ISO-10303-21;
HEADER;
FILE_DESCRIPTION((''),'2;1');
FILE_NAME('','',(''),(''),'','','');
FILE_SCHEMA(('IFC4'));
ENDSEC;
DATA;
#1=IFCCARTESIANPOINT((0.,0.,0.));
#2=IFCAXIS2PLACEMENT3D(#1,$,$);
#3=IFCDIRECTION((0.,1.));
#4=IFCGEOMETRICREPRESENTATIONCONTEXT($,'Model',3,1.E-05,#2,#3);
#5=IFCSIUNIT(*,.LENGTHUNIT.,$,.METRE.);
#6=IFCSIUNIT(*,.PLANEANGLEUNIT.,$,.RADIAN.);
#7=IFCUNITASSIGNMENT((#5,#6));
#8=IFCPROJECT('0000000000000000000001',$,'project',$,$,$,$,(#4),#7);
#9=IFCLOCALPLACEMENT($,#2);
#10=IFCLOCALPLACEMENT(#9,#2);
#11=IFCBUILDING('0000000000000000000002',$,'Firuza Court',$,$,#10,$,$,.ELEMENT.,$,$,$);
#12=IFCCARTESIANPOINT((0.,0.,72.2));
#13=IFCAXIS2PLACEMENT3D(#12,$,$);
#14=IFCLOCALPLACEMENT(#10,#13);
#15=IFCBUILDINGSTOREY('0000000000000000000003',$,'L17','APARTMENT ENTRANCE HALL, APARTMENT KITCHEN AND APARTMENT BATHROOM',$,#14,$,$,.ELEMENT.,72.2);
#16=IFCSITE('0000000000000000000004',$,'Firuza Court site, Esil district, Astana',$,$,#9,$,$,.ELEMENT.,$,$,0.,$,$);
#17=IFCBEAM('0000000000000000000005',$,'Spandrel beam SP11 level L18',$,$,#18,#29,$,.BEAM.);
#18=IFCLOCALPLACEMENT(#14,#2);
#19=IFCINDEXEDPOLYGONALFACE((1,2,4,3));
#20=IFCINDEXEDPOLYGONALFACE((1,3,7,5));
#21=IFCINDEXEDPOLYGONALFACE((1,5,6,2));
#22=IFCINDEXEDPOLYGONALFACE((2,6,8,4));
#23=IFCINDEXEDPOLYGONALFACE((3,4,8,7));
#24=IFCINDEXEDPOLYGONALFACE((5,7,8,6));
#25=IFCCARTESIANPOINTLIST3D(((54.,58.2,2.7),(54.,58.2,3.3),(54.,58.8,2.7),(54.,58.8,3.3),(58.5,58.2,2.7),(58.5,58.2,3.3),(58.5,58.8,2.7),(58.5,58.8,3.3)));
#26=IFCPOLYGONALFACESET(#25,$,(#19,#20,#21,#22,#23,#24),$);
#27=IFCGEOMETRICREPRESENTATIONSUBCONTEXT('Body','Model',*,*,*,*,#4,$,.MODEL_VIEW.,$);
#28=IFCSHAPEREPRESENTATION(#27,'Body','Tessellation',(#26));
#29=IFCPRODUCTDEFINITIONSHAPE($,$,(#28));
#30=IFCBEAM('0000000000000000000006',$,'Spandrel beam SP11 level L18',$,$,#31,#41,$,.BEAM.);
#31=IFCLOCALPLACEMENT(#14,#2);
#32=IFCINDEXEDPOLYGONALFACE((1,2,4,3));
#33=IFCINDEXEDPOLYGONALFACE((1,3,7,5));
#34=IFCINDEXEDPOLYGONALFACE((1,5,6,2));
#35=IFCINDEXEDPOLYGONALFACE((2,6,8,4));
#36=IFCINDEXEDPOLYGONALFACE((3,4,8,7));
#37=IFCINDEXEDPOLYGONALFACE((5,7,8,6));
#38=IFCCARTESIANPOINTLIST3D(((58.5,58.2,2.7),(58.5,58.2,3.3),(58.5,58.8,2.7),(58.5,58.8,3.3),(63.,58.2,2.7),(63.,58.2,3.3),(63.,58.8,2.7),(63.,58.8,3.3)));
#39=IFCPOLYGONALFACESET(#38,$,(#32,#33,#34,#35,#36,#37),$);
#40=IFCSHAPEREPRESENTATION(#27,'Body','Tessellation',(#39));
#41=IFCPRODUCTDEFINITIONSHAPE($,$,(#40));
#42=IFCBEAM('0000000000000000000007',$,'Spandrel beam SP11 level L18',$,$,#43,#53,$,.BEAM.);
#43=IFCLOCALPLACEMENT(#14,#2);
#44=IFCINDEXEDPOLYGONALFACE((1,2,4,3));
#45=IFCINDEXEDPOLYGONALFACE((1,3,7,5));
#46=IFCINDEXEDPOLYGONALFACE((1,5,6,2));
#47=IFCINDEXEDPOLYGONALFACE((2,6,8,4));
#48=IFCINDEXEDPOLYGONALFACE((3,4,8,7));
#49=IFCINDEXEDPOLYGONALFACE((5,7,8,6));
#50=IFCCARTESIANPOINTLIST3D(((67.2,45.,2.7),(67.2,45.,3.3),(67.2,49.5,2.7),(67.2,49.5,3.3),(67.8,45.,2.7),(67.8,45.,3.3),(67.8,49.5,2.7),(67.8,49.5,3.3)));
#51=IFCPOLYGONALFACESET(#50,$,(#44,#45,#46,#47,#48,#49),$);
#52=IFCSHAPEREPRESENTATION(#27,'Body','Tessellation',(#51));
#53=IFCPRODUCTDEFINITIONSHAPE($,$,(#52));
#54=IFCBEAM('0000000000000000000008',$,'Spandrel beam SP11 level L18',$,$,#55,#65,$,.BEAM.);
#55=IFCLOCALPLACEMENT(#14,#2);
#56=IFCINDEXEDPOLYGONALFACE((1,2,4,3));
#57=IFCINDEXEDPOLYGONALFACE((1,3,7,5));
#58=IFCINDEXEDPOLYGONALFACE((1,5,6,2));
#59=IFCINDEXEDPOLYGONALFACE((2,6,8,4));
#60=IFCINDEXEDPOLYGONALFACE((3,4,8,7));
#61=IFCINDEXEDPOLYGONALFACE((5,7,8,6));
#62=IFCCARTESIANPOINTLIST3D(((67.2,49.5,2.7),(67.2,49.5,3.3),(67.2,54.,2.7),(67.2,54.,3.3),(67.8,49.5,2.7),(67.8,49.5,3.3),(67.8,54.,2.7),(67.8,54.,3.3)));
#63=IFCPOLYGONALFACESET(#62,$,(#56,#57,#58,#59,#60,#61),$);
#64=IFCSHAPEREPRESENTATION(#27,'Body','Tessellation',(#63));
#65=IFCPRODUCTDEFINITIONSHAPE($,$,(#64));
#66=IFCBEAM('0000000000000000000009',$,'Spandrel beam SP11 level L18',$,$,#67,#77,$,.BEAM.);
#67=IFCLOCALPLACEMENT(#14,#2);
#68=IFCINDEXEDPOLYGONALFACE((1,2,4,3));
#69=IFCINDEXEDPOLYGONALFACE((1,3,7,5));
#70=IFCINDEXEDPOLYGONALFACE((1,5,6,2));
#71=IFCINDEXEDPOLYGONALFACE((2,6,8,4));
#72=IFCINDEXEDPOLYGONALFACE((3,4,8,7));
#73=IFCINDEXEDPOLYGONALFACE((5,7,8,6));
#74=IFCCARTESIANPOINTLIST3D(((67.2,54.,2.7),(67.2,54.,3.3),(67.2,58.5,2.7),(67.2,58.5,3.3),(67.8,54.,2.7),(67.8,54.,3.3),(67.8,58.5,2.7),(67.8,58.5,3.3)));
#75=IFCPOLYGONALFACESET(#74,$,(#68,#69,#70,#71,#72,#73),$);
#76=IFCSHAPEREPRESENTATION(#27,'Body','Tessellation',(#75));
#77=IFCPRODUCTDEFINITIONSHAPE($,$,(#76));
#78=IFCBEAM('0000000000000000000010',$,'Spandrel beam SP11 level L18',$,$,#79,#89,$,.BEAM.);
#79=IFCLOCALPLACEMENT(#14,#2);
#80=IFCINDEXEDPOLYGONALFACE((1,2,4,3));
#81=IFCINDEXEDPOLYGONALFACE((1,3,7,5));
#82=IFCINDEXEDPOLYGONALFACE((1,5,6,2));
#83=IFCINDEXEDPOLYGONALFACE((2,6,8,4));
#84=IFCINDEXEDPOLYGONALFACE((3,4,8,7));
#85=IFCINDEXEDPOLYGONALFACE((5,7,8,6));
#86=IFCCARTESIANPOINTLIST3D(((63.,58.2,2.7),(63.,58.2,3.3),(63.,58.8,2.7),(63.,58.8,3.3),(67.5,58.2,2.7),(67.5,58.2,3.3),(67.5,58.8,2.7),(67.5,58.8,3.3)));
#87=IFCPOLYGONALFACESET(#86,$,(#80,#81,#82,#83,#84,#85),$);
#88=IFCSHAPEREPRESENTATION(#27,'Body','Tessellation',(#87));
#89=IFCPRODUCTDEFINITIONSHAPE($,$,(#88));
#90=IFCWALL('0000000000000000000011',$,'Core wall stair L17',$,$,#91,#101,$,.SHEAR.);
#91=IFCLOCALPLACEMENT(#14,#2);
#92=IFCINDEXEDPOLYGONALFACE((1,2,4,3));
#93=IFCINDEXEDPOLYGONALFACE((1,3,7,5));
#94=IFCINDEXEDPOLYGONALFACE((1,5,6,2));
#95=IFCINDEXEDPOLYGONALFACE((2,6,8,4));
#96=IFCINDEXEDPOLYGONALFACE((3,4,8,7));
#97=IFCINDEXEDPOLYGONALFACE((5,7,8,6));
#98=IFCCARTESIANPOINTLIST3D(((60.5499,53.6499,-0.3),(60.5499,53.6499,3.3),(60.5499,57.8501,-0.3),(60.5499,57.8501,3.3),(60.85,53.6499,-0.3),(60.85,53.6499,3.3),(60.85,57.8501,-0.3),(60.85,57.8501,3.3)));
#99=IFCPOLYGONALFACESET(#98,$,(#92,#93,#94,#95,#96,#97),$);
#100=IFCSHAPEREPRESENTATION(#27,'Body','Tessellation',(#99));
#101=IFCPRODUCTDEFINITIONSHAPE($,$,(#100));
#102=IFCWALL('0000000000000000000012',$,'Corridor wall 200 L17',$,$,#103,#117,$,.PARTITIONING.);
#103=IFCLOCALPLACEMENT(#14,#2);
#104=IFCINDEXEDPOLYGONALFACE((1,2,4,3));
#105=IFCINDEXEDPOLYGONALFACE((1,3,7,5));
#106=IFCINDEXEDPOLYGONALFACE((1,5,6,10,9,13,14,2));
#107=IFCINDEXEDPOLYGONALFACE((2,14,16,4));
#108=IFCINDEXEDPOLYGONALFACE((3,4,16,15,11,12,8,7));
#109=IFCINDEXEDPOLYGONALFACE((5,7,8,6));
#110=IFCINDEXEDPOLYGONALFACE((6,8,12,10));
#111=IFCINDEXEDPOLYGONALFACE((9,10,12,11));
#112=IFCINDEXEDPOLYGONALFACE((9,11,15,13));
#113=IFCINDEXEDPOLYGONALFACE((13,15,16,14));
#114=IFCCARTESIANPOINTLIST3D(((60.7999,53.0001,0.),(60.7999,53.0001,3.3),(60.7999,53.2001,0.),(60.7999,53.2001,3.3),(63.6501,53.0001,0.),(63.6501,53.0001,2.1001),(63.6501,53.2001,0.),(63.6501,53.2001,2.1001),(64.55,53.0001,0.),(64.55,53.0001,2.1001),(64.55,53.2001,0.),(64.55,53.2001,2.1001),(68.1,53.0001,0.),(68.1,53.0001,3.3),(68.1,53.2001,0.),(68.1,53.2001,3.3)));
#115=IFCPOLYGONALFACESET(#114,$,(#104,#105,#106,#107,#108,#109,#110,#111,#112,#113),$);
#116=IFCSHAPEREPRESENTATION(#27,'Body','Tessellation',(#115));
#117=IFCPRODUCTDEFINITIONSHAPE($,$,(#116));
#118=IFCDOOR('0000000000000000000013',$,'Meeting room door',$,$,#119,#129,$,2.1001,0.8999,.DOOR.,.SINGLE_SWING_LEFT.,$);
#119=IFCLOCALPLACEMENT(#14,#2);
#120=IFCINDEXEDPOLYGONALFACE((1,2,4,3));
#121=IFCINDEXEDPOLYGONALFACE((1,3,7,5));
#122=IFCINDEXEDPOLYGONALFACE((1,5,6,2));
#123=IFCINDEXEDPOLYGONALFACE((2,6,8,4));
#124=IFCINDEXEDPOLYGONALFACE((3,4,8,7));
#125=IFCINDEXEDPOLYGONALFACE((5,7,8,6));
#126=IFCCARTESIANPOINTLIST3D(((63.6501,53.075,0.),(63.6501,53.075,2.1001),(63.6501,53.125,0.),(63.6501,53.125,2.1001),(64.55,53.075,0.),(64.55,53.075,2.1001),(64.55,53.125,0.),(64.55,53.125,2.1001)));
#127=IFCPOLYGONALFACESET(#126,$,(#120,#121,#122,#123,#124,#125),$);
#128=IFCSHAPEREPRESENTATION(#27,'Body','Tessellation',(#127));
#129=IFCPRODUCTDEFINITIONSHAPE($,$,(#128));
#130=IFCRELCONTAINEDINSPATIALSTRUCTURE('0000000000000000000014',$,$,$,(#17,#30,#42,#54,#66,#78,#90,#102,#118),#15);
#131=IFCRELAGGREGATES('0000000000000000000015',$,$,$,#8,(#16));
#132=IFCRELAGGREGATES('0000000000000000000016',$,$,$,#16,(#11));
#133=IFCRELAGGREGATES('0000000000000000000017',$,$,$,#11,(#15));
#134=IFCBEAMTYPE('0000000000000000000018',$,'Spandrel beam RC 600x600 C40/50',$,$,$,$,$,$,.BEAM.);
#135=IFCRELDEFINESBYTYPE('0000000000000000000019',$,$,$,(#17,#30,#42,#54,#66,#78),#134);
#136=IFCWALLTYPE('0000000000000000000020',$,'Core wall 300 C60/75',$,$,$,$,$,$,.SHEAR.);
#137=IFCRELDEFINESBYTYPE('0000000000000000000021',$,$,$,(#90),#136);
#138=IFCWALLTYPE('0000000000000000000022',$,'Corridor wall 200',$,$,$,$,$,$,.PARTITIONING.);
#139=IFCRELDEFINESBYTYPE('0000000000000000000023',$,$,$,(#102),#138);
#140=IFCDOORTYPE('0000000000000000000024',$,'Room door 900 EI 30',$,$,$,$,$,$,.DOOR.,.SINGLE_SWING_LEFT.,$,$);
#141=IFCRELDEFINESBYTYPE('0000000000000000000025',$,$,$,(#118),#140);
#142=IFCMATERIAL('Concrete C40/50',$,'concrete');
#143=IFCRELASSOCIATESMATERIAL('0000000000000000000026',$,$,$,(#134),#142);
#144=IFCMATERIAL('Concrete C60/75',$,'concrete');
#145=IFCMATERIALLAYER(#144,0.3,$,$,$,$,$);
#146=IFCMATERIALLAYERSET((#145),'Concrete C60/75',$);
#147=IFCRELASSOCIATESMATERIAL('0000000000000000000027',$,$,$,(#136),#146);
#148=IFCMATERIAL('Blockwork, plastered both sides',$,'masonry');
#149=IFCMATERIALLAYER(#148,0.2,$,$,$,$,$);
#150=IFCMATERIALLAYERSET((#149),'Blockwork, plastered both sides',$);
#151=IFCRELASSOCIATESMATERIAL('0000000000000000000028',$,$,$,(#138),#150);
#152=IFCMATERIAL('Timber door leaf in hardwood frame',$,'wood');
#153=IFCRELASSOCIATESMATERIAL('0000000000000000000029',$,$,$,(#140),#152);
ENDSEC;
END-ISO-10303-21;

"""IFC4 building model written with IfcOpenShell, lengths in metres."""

from ifc_helpers import new_model, si_unit, direction, frame, frame_2d, origin, origin_2d, place, context, subcontext, project, spatial, rectangle, extrude, material, layer, layer_set, material_profile, profile_set, type_object, element, fill, save


model = new_model("IFC4")

# Units and contexts
model_context = context("Model", 3, precision=1e-05, world=origin(), true_north=direction((0.0, 1.0)))
body_context = subcontext(model_context, "Body", "Model", "MODEL_VIEW")
ifc_project = project(units=[si_unit("LENGTHUNIT", "METRE"), si_unit("PLANEANGLEUNIT", "RADIAN")], contexts=[model_context])

# Site, building, storey
site_placement = place(None, origin())
site = spatial("IfcSite", under=ifc_project, at=site_placement, Name="Firuza Court site, Esil district, Astana", CompositionType="ELEMENT", RefElevation=0.0)
building_placement = place(site_placement, origin())
building = spatial("IfcBuilding", under=site, at=building_placement, Name="Firuza Court", CompositionType="ELEMENT")
storey_placement = place(building_placement, frame((0.0, 0.0, 72.2)))
storey = spatial("IfcBuildingStorey", under=building, at=storey_placement, Name="L17", Description="APARTMENT ENTRANCE HALL, APARTMENT KITCHEN AND APARTMENT BATHROOM", CompositionType="ELEMENT", Elevation=72.2)

# Beams
ifc_material_1 = material(Name="Concrete C40/50", Category="concrete")
ifc_material_profile_1 = material_profile(ifc_material_1, rectangle(XDim=0.6001, YDim=0.6001, at=origin_2d()), Name="RC 600x600")
ifc_profile_set_1 = profile_set([ifc_material_profile_1], Name="Concrete C40/50")
beam_type_1 = type_object("IfcBeamType", Name="Spandrel beam RC 600x600 C40/50", PredefinedType="BEAM", material=ifc_profile_set_1)
for number, where, z_axis, x_axis, name in (
    (1, (58.5, 58.5, 3.0), (-1.0, 0.0, 0.0), (0.0, -1.0, 0.0), "Spandrel beam SP11 level L18"),
    (2, (63.0, 58.5, 3.0), (-1.0, 0.0, 0.0), (0.0, -1.0, 0.0), "Spandrel beam SP11 level L18"),
    (3, (67.5, 45.0, 3.0), (0.0, 1.0, 0.0), (-1.0, 0.0, 0.0), "Spandrel beam SP11 level L18"),
    (4, (67.5, 49.5, 3.0), (0.0, 1.0, 0.0), (-1.0, 0.0, 0.0), "Spandrel beam SP11 level L18"),
    (5, (67.5, 54.0, 3.0), (0.0, 1.0, 0.0), (-1.0, 0.0, 0.0), "Spandrel beam SP11 level L18"),
    (6, (67.5, 58.5, 3.0), (-1.0, 0.0, 0.0), (0.0, -1.0, 0.0), "Spandrel beam SP11 level L18"),
):
    element("IfcBeam", number, at=place(storey_placement, frame(where, z_axis=z_axis, x_axis=x_axis)), inside=storey, type_object=beam_type_1, Name=name, PredefinedType="BEAM", context=body_context, shape_type="SweptSolid", body=[
        extrude(rectangle(XDim=0.6001, YDim=0.6001, at=origin_2d()), origin(), (0.0, 0.0, 1.0), 4.5),
    ])

# Wall
ifc_material_2 = material(Name="Concrete C60/75", Category="concrete")
ifc_layer_1 = layer(ifc_material_2, 0.3)
ifc_layer_set_1 = layer_set([ifc_layer_1], Name="Concrete C60/75")
wall_type_1 = type_object("IfcWallType", Name="Core wall 300 C60/75", PredefinedType="SHEAR", material=ifc_layer_set_1)
wall_1_placement = place(storey_placement, frame((60.7, 53.6499, -0.3), z_axis=(0.0, 0.0, 1.0), x_axis=(0.0, 1.0, 0.0)))
element("IfcWall", 7, at=wall_1_placement, inside=storey, type_object=wall_type_1, Name="Core wall stair L17", PredefinedType="SHEAR", context=body_context, shape_type="SweptSolid", body=[
    extrude(rectangle(XDim=4.2002, YDim=0.3, at=frame_2d((2.1001, 0.0))), origin(), (0.0, 0.0, 1.0), 3.6001),
])

# Wall, opening, door
ifc_material_3 = material(Name="Blockwork, plastered both sides", Category="masonry")
ifc_layer_2 = layer(ifc_material_3, 0.2)
ifc_layer_set_2 = layer_set([ifc_layer_2], Name="Blockwork, plastered both sides")
wall_type_2 = type_object("IfcWallType", Name="Corridor wall 200", PredefinedType="PARTITIONING", material=ifc_layer_set_2)
wall_2_placement = place(storey_placement, frame((60.8, 53.1001, 0.0), z_axis=(0.0, 0.0, 1.0), x_axis=(1.0, 0.0, 0.0)))
wall_2 = element("IfcWall", 8, at=wall_2_placement, inside=storey, type_object=wall_type_2, Name="Corridor wall 200 L17", PredefinedType="PARTITIONING", context=body_context, shape_type="SweptSolid", body=[
    extrude(rectangle(XDim=7.3, YDim=0.2, at=frame_2d((3.6499, 0.0))), origin(), (0.0, 0.0, 1.0), 3.3),
])
opening_1_placement = place(wall_2_placement, frame((2.8501, 0.0, 0.0)))
opening_1 = element("IfcOpeningElement", 9, at=opening_1_placement, cuts=wall_2, PredefinedType="OPENING", context=body_context, shape_type="SweptSolid", body=[
    extrude(rectangle(XDim=0.8999, YDim=2.1001, at=frame_2d((0.45, 1.05))), frame((0.0, 0.1118, 0.0), z_axis=(0.0, -1.0, 0.0), x_axis=(1.0, 0.0, 0.0)), (0.0, 0.0, 1.0), 0.2239),
])
ifc_material_4 = material(Name="Timber door leaf in hardwood frame", Category="wood")
door_type = type_object("IfcDoorType", Name="Room door 900 EI 30", OperationType="SINGLE_SWING_LEFT", PredefinedType="DOOR", material=ifc_material_4)
door_placement = place(opening_1_placement, origin())
door = element("IfcDoor", 10, at=door_placement, inside=storey, type_object=door_type, Name="Meeting room door", OperationType="SINGLE_SWING_LEFT", OverallHeight=2.1001, OverallWidth=0.8999, PredefinedType="DOOR", context=body_context, shape_type="SweptSolid", body=[
    extrude(rectangle(XDim=0.8999, YDim=2.1001, at=frame_2d((0.45, 1.05))), frame((0.0, 0.0249, 0.0), z_axis=(0.0, -1.0, 0.0), x_axis=(1.0, 0.0, 0.0)), (0.0, 0.0, 1.0), 0.05),
])
fill(opening_1, door)

save(model, "model.ifc")
